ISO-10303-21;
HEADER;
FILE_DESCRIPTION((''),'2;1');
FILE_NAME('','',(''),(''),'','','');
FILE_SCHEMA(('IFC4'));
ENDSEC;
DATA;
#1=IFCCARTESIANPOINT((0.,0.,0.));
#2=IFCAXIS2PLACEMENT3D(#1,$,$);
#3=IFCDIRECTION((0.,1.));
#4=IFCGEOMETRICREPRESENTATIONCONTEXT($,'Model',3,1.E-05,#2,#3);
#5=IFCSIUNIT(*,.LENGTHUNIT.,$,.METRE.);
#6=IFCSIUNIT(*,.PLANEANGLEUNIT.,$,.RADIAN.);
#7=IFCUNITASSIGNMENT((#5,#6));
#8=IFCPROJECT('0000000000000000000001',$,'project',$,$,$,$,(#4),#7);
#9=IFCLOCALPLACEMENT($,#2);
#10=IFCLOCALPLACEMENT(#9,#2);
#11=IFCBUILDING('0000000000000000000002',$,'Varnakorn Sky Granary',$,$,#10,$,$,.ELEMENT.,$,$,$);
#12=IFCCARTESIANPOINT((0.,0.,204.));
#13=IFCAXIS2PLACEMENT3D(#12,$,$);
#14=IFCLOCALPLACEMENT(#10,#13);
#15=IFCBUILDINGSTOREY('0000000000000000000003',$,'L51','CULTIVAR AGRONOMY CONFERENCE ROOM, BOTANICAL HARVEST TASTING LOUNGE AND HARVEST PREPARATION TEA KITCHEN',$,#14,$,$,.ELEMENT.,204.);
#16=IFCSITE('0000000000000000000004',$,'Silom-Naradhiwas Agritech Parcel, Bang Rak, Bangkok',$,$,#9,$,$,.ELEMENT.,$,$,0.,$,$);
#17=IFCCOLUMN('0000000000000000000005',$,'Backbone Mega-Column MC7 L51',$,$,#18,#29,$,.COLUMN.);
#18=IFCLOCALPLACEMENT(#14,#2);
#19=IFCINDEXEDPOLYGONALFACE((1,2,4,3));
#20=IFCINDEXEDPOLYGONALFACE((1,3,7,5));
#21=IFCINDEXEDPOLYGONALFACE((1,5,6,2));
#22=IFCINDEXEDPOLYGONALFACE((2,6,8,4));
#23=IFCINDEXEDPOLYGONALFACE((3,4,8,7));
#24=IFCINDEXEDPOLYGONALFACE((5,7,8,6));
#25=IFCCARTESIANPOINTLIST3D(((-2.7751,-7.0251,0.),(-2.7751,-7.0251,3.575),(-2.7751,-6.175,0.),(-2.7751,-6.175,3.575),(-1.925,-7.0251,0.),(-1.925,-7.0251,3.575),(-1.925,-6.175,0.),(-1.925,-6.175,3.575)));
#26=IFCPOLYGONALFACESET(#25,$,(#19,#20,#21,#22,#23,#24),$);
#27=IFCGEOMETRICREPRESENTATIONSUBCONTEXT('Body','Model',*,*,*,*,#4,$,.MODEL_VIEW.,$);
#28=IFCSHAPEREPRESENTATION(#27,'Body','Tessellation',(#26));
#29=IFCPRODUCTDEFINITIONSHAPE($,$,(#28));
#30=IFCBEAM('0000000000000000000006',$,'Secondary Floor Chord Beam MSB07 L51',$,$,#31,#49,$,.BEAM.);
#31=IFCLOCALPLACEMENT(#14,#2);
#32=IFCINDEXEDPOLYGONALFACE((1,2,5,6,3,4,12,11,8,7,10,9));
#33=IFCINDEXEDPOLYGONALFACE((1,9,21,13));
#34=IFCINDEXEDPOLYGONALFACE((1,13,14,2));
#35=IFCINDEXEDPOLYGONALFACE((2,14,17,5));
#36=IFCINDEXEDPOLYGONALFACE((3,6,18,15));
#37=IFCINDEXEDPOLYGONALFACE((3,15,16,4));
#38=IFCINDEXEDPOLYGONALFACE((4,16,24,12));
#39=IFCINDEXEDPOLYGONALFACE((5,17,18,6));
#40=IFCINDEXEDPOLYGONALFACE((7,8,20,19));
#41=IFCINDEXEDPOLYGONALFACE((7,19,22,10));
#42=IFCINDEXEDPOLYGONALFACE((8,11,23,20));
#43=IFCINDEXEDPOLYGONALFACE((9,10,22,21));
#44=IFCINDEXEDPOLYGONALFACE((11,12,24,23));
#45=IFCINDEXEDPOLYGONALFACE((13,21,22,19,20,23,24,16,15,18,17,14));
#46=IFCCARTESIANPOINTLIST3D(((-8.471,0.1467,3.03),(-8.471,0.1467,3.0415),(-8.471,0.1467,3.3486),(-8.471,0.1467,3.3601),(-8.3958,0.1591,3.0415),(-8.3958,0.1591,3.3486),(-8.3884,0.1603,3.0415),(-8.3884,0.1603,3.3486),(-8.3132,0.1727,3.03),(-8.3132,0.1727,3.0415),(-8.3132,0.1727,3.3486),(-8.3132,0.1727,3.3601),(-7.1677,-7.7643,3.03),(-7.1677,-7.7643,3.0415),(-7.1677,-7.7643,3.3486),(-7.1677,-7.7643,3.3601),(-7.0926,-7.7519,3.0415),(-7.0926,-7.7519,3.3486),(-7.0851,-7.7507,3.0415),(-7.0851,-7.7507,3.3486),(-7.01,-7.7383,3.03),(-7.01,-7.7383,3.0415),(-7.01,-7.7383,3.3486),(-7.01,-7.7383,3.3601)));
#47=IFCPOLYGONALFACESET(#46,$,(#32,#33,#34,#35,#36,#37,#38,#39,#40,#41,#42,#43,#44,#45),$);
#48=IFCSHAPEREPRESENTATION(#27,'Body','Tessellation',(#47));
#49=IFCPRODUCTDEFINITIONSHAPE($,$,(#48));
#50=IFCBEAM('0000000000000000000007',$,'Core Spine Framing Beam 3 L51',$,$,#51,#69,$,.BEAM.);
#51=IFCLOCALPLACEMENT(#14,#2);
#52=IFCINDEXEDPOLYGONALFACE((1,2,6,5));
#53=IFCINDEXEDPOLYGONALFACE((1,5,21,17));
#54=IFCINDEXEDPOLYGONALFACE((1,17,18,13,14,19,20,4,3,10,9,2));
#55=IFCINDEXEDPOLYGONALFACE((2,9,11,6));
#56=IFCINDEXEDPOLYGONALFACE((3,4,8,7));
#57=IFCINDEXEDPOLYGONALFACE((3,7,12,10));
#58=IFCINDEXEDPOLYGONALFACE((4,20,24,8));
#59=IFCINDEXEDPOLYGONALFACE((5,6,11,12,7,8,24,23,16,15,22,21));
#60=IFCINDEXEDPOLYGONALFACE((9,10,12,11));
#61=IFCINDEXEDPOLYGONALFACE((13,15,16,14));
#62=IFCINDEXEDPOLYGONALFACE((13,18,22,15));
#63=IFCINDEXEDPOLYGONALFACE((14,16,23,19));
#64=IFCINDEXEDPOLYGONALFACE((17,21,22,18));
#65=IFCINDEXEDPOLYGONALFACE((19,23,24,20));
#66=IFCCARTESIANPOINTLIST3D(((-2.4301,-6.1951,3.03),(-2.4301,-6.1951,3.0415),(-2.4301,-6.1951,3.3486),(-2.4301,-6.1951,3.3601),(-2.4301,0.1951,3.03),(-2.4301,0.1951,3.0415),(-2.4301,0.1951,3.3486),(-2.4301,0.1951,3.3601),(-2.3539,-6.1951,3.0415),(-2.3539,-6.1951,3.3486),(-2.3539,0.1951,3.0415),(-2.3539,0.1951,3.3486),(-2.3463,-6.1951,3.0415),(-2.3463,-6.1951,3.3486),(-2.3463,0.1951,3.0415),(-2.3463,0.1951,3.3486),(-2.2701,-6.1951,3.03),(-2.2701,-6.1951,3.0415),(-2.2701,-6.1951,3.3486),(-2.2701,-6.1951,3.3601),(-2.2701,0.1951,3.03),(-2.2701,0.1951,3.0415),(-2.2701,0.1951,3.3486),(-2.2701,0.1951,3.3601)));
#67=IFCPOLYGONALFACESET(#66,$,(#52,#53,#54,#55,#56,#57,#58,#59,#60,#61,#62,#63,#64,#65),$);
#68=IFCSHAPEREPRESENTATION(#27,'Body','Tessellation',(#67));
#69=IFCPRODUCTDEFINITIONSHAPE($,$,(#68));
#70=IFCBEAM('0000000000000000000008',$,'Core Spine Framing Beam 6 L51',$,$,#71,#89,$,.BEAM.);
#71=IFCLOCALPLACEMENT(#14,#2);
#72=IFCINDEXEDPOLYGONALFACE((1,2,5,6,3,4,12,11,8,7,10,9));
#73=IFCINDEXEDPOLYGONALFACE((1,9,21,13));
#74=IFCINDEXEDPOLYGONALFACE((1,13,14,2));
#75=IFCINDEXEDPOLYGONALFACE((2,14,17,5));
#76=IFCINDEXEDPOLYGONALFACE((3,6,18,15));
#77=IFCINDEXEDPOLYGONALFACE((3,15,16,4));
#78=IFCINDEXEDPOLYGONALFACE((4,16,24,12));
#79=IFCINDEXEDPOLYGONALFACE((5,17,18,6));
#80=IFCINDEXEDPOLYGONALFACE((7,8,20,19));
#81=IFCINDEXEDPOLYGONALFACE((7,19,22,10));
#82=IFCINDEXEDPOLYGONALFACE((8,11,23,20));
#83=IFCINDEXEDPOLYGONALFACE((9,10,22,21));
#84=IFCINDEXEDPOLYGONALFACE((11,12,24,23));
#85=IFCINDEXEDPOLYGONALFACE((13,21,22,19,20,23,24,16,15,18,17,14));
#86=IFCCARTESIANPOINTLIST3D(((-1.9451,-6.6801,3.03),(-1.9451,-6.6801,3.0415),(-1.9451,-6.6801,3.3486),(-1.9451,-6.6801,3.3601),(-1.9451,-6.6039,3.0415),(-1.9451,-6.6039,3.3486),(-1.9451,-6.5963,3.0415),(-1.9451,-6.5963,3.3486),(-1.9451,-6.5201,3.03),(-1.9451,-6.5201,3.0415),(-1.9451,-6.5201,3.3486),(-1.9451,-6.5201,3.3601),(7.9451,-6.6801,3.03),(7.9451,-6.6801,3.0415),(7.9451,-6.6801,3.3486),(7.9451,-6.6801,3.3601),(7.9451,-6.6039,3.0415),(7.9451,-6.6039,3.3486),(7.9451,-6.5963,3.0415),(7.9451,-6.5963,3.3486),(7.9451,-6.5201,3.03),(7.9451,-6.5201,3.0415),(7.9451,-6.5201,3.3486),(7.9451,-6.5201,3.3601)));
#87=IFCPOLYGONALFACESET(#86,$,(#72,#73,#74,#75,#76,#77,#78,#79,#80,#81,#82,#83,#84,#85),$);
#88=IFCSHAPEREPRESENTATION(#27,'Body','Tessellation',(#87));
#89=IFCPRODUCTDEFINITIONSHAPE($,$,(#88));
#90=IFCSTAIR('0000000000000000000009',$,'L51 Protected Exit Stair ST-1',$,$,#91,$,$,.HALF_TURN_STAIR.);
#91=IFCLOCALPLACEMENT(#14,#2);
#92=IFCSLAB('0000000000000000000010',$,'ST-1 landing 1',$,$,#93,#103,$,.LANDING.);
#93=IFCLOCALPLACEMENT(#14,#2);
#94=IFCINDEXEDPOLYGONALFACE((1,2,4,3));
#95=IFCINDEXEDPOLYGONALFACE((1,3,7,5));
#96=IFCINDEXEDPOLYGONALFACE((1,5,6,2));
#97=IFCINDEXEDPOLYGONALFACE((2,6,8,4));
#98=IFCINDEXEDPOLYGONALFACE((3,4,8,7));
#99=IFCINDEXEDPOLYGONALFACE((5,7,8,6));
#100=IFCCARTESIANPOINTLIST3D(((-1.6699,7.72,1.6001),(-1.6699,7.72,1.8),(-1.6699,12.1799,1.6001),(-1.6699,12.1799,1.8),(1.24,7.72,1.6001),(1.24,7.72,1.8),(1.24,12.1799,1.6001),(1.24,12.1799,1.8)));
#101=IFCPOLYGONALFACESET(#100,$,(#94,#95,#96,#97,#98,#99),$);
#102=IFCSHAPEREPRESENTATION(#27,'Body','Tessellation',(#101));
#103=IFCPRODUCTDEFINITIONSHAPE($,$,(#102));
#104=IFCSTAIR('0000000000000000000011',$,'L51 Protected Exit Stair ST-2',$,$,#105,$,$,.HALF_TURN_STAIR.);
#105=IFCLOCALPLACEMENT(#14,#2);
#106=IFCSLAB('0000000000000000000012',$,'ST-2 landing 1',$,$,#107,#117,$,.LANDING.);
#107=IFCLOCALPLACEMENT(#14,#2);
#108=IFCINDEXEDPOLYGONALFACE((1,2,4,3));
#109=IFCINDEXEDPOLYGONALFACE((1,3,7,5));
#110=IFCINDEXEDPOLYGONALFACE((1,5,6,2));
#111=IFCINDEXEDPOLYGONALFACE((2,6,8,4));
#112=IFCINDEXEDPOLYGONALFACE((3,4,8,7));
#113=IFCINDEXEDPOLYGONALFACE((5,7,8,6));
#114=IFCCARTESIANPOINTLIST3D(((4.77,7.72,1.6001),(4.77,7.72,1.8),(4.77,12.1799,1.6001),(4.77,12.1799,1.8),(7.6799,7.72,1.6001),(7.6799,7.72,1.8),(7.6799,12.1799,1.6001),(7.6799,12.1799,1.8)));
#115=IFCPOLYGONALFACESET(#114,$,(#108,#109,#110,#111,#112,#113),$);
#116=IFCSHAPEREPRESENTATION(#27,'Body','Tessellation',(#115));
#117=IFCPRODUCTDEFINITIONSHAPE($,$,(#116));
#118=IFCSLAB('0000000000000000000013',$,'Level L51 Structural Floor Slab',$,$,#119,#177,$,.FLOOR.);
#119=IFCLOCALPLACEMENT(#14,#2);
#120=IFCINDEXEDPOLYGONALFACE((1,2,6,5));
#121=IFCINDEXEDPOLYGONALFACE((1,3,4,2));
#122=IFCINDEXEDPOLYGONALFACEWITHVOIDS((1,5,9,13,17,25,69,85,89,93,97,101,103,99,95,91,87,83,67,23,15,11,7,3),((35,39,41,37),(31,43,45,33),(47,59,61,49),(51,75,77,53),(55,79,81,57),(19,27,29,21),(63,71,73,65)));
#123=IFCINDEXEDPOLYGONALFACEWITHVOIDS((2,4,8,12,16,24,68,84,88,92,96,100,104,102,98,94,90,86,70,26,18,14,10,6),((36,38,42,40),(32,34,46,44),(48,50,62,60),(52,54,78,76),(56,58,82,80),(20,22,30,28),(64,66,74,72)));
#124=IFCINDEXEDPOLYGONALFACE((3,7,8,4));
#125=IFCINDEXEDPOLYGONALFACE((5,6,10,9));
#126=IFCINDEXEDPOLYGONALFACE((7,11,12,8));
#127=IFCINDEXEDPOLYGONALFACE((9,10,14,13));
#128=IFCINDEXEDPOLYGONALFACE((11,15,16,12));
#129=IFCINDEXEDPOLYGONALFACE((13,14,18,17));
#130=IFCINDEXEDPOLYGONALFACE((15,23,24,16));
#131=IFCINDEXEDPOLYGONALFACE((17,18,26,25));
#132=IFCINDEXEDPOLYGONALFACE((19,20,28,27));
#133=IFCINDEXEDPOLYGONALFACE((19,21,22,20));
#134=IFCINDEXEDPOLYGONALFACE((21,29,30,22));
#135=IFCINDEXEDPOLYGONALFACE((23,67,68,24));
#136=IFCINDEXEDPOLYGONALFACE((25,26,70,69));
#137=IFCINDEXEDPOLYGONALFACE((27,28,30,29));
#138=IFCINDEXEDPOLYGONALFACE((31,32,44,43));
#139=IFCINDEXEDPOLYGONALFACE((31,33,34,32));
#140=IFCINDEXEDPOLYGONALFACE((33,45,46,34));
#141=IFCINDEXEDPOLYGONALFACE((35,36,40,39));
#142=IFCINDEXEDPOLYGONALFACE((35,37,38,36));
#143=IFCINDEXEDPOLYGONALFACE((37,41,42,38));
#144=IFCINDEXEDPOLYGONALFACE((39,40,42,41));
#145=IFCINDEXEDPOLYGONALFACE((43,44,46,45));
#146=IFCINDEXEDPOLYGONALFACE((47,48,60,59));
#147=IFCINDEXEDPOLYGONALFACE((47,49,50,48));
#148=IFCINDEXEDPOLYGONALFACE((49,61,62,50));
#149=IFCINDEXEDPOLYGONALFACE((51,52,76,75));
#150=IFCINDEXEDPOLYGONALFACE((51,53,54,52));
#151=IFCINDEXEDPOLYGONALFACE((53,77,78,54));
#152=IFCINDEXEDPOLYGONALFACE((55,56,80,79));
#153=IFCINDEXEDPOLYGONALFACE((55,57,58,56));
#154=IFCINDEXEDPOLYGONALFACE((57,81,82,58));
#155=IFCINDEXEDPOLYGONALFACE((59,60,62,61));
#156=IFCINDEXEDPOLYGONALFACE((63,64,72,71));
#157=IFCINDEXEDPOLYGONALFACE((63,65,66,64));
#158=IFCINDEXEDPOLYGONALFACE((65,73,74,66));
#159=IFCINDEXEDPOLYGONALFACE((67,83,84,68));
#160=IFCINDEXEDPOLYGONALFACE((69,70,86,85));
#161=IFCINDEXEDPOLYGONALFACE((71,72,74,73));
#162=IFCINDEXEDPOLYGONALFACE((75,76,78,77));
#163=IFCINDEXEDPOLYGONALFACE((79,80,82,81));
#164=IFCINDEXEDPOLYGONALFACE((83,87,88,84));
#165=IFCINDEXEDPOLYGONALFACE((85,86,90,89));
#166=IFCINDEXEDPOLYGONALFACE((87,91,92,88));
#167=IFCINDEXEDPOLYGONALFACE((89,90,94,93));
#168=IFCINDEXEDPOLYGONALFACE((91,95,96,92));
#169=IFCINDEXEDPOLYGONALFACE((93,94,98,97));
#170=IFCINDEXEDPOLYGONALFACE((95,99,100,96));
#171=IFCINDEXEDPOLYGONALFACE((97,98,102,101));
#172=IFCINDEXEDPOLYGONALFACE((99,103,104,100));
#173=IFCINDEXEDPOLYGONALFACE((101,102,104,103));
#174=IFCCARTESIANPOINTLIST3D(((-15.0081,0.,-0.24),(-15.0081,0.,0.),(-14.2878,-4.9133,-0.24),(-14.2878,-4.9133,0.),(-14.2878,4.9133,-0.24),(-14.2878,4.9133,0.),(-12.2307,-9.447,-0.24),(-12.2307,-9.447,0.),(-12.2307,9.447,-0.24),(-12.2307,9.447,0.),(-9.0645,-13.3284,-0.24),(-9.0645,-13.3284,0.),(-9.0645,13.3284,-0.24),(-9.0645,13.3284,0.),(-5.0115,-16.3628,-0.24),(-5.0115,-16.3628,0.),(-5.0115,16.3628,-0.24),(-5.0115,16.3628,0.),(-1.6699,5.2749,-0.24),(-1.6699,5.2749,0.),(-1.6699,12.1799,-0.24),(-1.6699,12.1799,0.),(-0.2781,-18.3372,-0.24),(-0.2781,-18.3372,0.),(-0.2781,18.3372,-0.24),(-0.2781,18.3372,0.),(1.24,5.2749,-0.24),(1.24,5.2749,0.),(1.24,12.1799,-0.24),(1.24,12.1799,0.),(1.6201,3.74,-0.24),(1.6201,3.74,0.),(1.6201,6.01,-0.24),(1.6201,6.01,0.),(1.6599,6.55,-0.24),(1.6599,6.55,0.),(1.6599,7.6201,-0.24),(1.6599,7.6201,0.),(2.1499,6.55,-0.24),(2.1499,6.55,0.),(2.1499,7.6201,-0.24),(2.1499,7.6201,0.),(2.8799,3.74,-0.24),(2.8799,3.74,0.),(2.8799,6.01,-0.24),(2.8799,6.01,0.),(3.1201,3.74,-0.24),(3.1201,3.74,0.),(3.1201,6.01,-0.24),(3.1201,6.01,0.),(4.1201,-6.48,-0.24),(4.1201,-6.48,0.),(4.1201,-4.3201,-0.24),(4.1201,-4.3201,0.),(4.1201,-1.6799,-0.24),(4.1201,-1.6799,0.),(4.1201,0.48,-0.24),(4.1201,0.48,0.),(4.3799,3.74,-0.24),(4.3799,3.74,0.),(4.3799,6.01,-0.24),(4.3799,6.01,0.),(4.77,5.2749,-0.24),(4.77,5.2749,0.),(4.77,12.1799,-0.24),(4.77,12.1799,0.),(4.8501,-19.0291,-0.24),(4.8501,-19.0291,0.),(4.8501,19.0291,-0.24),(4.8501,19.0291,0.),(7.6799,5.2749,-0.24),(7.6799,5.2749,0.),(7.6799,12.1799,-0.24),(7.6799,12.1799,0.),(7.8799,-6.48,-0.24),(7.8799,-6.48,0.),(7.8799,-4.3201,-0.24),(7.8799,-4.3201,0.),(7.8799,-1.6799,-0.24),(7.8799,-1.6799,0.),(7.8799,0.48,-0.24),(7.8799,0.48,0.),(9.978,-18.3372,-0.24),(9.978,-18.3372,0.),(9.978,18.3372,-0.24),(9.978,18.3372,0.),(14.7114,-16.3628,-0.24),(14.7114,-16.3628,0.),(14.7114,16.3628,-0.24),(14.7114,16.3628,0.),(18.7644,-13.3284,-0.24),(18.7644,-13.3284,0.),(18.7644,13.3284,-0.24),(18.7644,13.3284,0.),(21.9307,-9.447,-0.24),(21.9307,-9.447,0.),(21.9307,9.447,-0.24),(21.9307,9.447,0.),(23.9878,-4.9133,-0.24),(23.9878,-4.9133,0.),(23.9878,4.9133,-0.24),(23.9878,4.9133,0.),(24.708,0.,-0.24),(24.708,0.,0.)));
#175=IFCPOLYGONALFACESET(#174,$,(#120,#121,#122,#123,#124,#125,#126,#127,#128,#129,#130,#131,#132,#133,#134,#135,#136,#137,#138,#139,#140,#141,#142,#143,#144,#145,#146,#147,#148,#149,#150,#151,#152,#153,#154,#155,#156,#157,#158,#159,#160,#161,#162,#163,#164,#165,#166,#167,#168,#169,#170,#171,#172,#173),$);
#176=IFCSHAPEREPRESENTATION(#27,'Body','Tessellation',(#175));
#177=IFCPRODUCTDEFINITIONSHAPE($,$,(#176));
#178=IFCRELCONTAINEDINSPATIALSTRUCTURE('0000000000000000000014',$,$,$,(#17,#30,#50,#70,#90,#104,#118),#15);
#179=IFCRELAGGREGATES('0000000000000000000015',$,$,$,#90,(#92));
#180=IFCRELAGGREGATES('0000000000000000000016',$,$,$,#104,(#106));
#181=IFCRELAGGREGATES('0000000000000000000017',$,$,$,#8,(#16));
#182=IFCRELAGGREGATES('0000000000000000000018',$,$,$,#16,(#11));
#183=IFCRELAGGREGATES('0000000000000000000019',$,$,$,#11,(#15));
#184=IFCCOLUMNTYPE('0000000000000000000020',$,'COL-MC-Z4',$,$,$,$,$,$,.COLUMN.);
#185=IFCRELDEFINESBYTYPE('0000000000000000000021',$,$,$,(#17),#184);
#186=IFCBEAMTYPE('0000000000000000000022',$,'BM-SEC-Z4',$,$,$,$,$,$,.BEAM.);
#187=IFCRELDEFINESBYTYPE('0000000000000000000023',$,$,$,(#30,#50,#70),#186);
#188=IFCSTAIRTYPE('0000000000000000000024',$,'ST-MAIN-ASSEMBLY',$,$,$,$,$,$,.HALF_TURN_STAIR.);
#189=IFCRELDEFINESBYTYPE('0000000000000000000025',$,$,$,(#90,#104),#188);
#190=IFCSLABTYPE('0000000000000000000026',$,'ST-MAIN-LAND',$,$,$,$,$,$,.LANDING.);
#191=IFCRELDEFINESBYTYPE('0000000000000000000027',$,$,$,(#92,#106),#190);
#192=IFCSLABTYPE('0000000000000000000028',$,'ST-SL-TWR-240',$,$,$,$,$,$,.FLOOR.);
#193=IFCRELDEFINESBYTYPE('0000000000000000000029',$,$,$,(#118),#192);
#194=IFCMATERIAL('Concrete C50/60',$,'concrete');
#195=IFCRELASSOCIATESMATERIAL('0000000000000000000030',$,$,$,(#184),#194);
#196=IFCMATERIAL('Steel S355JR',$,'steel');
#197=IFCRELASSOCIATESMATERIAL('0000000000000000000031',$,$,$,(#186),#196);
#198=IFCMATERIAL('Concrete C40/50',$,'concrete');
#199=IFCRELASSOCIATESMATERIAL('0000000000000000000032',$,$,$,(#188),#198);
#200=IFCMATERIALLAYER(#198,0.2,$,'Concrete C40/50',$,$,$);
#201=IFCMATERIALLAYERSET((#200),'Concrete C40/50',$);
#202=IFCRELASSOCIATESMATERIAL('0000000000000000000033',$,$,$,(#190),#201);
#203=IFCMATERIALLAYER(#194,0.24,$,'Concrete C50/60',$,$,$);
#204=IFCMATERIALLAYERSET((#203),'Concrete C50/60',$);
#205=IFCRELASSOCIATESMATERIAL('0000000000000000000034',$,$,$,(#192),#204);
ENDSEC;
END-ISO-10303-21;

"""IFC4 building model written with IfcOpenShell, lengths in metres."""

from ifc_helpers import new_model, si_unit, direction, frame, origin, origin_2d, place, context, subcontext, project, spatial, polyline, rectangle, i_section, outline, extrude, material, layer, layer_set, material_profile, profile_set, type_object, element, aggregate, save


model = new_model("IFC4")

# Units and contexts
model_context = context("Model", 3, precision=1e-05, world=origin(), true_north=direction((0.0, 1.0)))
body_context = subcontext(model_context, "Body", "Model", "MODEL_VIEW")
ifc_project = project(units=[si_unit("LENGTHUNIT", "METRE"), si_unit("PLANEANGLEUNIT", "RADIAN")], contexts=[model_context])

# Site, building, storey
site_placement = place(None, origin())
site = spatial("IfcSite", under=ifc_project, at=site_placement, Name="Silom-Naradhiwas Agritech Parcel, Bang Rak, Bangkok", CompositionType="ELEMENT", RefElevation=0.0)
building_placement = place(site_placement, origin())
building = spatial("IfcBuilding", under=site, at=building_placement, Name="Varnakorn Sky Granary", CompositionType="ELEMENT")
storey_placement = place(building_placement, frame((0.0, 0.0, 204.0)))
storey = spatial("IfcBuildingStorey", under=building, at=storey_placement, Name="L51", Description="CULTIVAR AGRONOMY CONFERENCE ROOM, BOTANICAL HARVEST TASTING LOUNGE AND HARVEST PREPARATION TEA KITCHEN", CompositionType="ELEMENT", Elevation=204.0)

# Column
ifc_material_1 = material(Name="Concrete C50/60", Category="concrete")
ifc_material_profile_1 = material_profile(ifc_material_1, rectangle(XDim=0.8501, YDim=0.8501, at=origin_2d()), Name="RC 850x850")
ifc_profile_set_1 = profile_set([ifc_material_profile_1], Name="Concrete C50/60")
column_type = type_object("IfcColumnType", Name="COL-MC-Z4", PredefinedType="COLUMN", material=ifc_profile_set_1)
column_placement = place(storey_placement, frame((-2.3501, -6.6001, 0.0), z_axis=(0.0, 0.0, 1.0), x_axis=(1.0, 0.0, 0.0)))
element("IfcColumn", 1, at=column_placement, inside=storey, type_object=column_type, Name="Backbone Mega-Column MC7 L51", PredefinedType="COLUMN", context=body_context, shape_type="SweptSolid", body=[
    extrude(rectangle(XDim=0.8501, YDim=0.8501, at=origin_2d()), origin(), (0.0, 0.0, 1.0), 3.575),
])

# Beams
ifc_material_2 = material(Name="Steel S355JR", Category="steel")
ifc_material_profile_2 = material_profile(ifc_material_2, i_section(OverallWidth=0.1599, OverallDepth=0.3301, WebThickness=0.0076, FlangeThickness=0.0115, at=origin_2d()), Name="IPE 330")
ifc_profile_set_2 = profile_set([ifc_material_profile_2], Name="Steel S355JR")
beam_type = type_object("IfcBeamType", Name="BM-SEC-Z4", PredefinedType="BEAM", material=ifc_profile_set_2)
beam_1_placement = place(storey_placement, frame((-8.3921, 0.1597, 3.1951), z_axis=(0.162547, -0.986701, 0.0), x_axis=(0.986701, 0.162547, 0.0)))
element("IfcBeam", 2, at=beam_1_placement, inside=storey, type_object=beam_type, Name="Secondary Floor Chord Beam MSB07 L51", PredefinedType="BEAM", context=body_context, shape_type="SweptSolid", body=[
    extrude(i_section(OverallWidth=0.1599, OverallDepth=0.3301, WebThickness=0.0076, FlangeThickness=0.0115, at=origin_2d()), origin(), (0.0, 0.0, 1.0), 8.0176),
])
beam_2_placement = place(storey_placement, frame((-2.3501, 0.1951, 3.1951), z_axis=(0.0, -1.0, 0.0), x_axis=(1.0, 0.0, 0.0)))
element("IfcBeam", 3, at=beam_2_placement, inside=storey, type_object=beam_type, Name="Core Spine Framing Beam 3 L51", PredefinedType="BEAM", context=body_context, shape_type="SweptSolid", body=[
    extrude(i_section(OverallWidth=0.1599, OverallDepth=0.3301, WebThickness=0.0076, FlangeThickness=0.0115, at=origin_2d()), origin(), (0.0, 0.0, 1.0), 6.3901),
])
beam_3_placement = place(storey_placement, frame((-1.9451, -6.6001, 3.1951), z_axis=(1.0, 0.0, 0.0), x_axis=(0.0, 1.0, 0.0)))
element("IfcBeam", 4, at=beam_3_placement, inside=storey, type_object=beam_type, Name="Core Spine Framing Beam 6 L51", PredefinedType="BEAM", context=body_context, shape_type="SweptSolid", body=[
    extrude(i_section(OverallWidth=0.1599, OverallDepth=0.3301, WebThickness=0.0076, FlangeThickness=0.0115, at=origin_2d()), origin(), (0.0, 0.0, 1.0), 9.8901),
])

# Stairs, slabs
ifc_material_3 = material(Name="Concrete C40/50", Category="concrete")
stair_type = type_object("IfcStairType", Name="ST-MAIN-ASSEMBLY", PredefinedType="HALF_TURN_STAIR", material=ifc_material_3)
stair_1_placement = place(storey_placement, origin())
stair_1 = element("IfcStair", 5, at=stair_1_placement, inside=storey, type_object=stair_type, Name="L51 Protected Exit Stair ST-1", PredefinedType="HALF_TURN_STAIR")
ifc_layer_1 = layer(ifc_material_3, 0.2, Name="Concrete C40/50")
ifc_layer_set_1 = layer_set([ifc_layer_1], Name="Concrete C40/50")
slab_type_1 = type_object("IfcSlabType", Name="ST-MAIN-LAND", PredefinedType="LANDING", material=ifc_layer_set_1)
slab_1_placement = place(storey_placement, frame((0.0, 0.0, 1.6001)))
slab_1 = element("IfcSlab", 6, at=slab_1_placement, type_object=slab_type_1, Name="ST-1 landing 1", PredefinedType="LANDING", context=body_context, shape_type="SweptSolid", body=[
    extrude(outline(polyline([(1.24, 7.72), (1.24, 12.1799), (-1.6699, 12.1799), (-1.6699, 7.72), (1.24, 7.72)])), origin(), (0.0, 0.0, 1.0), 0.2),
])
aggregate(stair_1, [slab_1])
stair_2_placement = place(storey_placement, origin())
stair_2 = element("IfcStair", 7, at=stair_2_placement, inside=storey, type_object=stair_type, Name="L51 Protected Exit Stair ST-2", PredefinedType="HALF_TURN_STAIR")
slab_2_placement = place(storey_placement, frame((0.0, 0.0, 1.6001)))
slab_2 = element("IfcSlab", 8, at=slab_2_placement, type_object=slab_type_1, Name="ST-2 landing 1", PredefinedType="LANDING", context=body_context, shape_type="SweptSolid", body=[
    extrude(outline(polyline([(7.6799, 7.72), (7.6799, 12.1799), (4.77, 12.1799), (4.77, 7.72), (7.6799, 7.72)])), origin(), (0.0, 0.0, 1.0), 0.2),
])
aggregate(stair_2, [slab_2])

# Slab
ifc_layer_2 = layer(ifc_material_1, 0.24, Name="Concrete C50/60")
ifc_layer_set_2 = layer_set([ifc_layer_2], Name="Concrete C50/60")
slab_type_2 = type_object("IfcSlabType", Name="ST-SL-TWR-240", PredefinedType="FLOOR", material=ifc_layer_set_2)
slab_3_placement = place(storey_placement, frame((0.0, 0.0, -0.24)))
element("IfcSlab", 9, at=slab_3_placement, inside=storey, type_object=slab_type_2, Name="Level L51 Structural Floor Slab", PredefinedType="FLOOR", context=body_context, shape_type="SweptSolid", body=[
    extrude(outline(polyline([(24.708, 0.0), (23.9878, 4.9133), (21.9307, 9.447), (18.7644, 13.3284), (14.7114, 16.3628), (9.978, 18.3372), (4.8501, 19.0291), (-0.2781, 18.3372), (-5.0115, 16.3628), (-9.0645, 13.3284), (-12.2307, 9.447), (-14.2878, 4.9133), (-15.0081, 0.0), (-14.2878, -4.9133), (-12.2307, -9.447), (-9.0645, -13.3284), (-5.0115, -16.3628), (-0.2781, -18.3372), (4.8501, -19.0291), (9.978, -18.3372), (14.7114, -16.3628), (18.7644, -13.3284), (21.9307, -9.447), (23.9878, -4.9133), (24.708, 0.0)]), holes=[polyline([(1.24, 5.2749), (1.24, 12.1799), (-1.6699, 12.1799), (-1.6699, 5.2749), (1.24, 5.2749)]), polyline([(7.6799, 5.2749), (7.6799, 12.1799), (4.77, 12.1799), (4.77, 5.2749), (7.6799, 5.2749)]), polyline([(1.6599, 6.55), (2.1499, 6.55), (2.1499, 7.6201), (1.6599, 7.6201), (1.6599, 6.55)]), polyline([(1.6201, 3.74), (2.8799, 3.74), (2.8799, 6.01), (1.6201, 6.01), (1.6201, 3.74)]), polyline([(3.1201, 3.74), (4.3799, 3.74), (4.3799, 6.01), (3.1201, 6.01), (3.1201, 3.74)]), polyline([(4.1201, -1.6799), (7.8799, -1.6799), (7.8799, 0.48), (4.1201, 0.48), (4.1201, -1.6799)]), polyline([(4.1201, -6.48), (7.8799, -6.48), (7.8799, -4.3201), (4.1201, -4.3201), (4.1201, -6.48)])]), origin(), (0.0, 0.0, 1.0), 0.24),
])

save(model, "model.ifc")
